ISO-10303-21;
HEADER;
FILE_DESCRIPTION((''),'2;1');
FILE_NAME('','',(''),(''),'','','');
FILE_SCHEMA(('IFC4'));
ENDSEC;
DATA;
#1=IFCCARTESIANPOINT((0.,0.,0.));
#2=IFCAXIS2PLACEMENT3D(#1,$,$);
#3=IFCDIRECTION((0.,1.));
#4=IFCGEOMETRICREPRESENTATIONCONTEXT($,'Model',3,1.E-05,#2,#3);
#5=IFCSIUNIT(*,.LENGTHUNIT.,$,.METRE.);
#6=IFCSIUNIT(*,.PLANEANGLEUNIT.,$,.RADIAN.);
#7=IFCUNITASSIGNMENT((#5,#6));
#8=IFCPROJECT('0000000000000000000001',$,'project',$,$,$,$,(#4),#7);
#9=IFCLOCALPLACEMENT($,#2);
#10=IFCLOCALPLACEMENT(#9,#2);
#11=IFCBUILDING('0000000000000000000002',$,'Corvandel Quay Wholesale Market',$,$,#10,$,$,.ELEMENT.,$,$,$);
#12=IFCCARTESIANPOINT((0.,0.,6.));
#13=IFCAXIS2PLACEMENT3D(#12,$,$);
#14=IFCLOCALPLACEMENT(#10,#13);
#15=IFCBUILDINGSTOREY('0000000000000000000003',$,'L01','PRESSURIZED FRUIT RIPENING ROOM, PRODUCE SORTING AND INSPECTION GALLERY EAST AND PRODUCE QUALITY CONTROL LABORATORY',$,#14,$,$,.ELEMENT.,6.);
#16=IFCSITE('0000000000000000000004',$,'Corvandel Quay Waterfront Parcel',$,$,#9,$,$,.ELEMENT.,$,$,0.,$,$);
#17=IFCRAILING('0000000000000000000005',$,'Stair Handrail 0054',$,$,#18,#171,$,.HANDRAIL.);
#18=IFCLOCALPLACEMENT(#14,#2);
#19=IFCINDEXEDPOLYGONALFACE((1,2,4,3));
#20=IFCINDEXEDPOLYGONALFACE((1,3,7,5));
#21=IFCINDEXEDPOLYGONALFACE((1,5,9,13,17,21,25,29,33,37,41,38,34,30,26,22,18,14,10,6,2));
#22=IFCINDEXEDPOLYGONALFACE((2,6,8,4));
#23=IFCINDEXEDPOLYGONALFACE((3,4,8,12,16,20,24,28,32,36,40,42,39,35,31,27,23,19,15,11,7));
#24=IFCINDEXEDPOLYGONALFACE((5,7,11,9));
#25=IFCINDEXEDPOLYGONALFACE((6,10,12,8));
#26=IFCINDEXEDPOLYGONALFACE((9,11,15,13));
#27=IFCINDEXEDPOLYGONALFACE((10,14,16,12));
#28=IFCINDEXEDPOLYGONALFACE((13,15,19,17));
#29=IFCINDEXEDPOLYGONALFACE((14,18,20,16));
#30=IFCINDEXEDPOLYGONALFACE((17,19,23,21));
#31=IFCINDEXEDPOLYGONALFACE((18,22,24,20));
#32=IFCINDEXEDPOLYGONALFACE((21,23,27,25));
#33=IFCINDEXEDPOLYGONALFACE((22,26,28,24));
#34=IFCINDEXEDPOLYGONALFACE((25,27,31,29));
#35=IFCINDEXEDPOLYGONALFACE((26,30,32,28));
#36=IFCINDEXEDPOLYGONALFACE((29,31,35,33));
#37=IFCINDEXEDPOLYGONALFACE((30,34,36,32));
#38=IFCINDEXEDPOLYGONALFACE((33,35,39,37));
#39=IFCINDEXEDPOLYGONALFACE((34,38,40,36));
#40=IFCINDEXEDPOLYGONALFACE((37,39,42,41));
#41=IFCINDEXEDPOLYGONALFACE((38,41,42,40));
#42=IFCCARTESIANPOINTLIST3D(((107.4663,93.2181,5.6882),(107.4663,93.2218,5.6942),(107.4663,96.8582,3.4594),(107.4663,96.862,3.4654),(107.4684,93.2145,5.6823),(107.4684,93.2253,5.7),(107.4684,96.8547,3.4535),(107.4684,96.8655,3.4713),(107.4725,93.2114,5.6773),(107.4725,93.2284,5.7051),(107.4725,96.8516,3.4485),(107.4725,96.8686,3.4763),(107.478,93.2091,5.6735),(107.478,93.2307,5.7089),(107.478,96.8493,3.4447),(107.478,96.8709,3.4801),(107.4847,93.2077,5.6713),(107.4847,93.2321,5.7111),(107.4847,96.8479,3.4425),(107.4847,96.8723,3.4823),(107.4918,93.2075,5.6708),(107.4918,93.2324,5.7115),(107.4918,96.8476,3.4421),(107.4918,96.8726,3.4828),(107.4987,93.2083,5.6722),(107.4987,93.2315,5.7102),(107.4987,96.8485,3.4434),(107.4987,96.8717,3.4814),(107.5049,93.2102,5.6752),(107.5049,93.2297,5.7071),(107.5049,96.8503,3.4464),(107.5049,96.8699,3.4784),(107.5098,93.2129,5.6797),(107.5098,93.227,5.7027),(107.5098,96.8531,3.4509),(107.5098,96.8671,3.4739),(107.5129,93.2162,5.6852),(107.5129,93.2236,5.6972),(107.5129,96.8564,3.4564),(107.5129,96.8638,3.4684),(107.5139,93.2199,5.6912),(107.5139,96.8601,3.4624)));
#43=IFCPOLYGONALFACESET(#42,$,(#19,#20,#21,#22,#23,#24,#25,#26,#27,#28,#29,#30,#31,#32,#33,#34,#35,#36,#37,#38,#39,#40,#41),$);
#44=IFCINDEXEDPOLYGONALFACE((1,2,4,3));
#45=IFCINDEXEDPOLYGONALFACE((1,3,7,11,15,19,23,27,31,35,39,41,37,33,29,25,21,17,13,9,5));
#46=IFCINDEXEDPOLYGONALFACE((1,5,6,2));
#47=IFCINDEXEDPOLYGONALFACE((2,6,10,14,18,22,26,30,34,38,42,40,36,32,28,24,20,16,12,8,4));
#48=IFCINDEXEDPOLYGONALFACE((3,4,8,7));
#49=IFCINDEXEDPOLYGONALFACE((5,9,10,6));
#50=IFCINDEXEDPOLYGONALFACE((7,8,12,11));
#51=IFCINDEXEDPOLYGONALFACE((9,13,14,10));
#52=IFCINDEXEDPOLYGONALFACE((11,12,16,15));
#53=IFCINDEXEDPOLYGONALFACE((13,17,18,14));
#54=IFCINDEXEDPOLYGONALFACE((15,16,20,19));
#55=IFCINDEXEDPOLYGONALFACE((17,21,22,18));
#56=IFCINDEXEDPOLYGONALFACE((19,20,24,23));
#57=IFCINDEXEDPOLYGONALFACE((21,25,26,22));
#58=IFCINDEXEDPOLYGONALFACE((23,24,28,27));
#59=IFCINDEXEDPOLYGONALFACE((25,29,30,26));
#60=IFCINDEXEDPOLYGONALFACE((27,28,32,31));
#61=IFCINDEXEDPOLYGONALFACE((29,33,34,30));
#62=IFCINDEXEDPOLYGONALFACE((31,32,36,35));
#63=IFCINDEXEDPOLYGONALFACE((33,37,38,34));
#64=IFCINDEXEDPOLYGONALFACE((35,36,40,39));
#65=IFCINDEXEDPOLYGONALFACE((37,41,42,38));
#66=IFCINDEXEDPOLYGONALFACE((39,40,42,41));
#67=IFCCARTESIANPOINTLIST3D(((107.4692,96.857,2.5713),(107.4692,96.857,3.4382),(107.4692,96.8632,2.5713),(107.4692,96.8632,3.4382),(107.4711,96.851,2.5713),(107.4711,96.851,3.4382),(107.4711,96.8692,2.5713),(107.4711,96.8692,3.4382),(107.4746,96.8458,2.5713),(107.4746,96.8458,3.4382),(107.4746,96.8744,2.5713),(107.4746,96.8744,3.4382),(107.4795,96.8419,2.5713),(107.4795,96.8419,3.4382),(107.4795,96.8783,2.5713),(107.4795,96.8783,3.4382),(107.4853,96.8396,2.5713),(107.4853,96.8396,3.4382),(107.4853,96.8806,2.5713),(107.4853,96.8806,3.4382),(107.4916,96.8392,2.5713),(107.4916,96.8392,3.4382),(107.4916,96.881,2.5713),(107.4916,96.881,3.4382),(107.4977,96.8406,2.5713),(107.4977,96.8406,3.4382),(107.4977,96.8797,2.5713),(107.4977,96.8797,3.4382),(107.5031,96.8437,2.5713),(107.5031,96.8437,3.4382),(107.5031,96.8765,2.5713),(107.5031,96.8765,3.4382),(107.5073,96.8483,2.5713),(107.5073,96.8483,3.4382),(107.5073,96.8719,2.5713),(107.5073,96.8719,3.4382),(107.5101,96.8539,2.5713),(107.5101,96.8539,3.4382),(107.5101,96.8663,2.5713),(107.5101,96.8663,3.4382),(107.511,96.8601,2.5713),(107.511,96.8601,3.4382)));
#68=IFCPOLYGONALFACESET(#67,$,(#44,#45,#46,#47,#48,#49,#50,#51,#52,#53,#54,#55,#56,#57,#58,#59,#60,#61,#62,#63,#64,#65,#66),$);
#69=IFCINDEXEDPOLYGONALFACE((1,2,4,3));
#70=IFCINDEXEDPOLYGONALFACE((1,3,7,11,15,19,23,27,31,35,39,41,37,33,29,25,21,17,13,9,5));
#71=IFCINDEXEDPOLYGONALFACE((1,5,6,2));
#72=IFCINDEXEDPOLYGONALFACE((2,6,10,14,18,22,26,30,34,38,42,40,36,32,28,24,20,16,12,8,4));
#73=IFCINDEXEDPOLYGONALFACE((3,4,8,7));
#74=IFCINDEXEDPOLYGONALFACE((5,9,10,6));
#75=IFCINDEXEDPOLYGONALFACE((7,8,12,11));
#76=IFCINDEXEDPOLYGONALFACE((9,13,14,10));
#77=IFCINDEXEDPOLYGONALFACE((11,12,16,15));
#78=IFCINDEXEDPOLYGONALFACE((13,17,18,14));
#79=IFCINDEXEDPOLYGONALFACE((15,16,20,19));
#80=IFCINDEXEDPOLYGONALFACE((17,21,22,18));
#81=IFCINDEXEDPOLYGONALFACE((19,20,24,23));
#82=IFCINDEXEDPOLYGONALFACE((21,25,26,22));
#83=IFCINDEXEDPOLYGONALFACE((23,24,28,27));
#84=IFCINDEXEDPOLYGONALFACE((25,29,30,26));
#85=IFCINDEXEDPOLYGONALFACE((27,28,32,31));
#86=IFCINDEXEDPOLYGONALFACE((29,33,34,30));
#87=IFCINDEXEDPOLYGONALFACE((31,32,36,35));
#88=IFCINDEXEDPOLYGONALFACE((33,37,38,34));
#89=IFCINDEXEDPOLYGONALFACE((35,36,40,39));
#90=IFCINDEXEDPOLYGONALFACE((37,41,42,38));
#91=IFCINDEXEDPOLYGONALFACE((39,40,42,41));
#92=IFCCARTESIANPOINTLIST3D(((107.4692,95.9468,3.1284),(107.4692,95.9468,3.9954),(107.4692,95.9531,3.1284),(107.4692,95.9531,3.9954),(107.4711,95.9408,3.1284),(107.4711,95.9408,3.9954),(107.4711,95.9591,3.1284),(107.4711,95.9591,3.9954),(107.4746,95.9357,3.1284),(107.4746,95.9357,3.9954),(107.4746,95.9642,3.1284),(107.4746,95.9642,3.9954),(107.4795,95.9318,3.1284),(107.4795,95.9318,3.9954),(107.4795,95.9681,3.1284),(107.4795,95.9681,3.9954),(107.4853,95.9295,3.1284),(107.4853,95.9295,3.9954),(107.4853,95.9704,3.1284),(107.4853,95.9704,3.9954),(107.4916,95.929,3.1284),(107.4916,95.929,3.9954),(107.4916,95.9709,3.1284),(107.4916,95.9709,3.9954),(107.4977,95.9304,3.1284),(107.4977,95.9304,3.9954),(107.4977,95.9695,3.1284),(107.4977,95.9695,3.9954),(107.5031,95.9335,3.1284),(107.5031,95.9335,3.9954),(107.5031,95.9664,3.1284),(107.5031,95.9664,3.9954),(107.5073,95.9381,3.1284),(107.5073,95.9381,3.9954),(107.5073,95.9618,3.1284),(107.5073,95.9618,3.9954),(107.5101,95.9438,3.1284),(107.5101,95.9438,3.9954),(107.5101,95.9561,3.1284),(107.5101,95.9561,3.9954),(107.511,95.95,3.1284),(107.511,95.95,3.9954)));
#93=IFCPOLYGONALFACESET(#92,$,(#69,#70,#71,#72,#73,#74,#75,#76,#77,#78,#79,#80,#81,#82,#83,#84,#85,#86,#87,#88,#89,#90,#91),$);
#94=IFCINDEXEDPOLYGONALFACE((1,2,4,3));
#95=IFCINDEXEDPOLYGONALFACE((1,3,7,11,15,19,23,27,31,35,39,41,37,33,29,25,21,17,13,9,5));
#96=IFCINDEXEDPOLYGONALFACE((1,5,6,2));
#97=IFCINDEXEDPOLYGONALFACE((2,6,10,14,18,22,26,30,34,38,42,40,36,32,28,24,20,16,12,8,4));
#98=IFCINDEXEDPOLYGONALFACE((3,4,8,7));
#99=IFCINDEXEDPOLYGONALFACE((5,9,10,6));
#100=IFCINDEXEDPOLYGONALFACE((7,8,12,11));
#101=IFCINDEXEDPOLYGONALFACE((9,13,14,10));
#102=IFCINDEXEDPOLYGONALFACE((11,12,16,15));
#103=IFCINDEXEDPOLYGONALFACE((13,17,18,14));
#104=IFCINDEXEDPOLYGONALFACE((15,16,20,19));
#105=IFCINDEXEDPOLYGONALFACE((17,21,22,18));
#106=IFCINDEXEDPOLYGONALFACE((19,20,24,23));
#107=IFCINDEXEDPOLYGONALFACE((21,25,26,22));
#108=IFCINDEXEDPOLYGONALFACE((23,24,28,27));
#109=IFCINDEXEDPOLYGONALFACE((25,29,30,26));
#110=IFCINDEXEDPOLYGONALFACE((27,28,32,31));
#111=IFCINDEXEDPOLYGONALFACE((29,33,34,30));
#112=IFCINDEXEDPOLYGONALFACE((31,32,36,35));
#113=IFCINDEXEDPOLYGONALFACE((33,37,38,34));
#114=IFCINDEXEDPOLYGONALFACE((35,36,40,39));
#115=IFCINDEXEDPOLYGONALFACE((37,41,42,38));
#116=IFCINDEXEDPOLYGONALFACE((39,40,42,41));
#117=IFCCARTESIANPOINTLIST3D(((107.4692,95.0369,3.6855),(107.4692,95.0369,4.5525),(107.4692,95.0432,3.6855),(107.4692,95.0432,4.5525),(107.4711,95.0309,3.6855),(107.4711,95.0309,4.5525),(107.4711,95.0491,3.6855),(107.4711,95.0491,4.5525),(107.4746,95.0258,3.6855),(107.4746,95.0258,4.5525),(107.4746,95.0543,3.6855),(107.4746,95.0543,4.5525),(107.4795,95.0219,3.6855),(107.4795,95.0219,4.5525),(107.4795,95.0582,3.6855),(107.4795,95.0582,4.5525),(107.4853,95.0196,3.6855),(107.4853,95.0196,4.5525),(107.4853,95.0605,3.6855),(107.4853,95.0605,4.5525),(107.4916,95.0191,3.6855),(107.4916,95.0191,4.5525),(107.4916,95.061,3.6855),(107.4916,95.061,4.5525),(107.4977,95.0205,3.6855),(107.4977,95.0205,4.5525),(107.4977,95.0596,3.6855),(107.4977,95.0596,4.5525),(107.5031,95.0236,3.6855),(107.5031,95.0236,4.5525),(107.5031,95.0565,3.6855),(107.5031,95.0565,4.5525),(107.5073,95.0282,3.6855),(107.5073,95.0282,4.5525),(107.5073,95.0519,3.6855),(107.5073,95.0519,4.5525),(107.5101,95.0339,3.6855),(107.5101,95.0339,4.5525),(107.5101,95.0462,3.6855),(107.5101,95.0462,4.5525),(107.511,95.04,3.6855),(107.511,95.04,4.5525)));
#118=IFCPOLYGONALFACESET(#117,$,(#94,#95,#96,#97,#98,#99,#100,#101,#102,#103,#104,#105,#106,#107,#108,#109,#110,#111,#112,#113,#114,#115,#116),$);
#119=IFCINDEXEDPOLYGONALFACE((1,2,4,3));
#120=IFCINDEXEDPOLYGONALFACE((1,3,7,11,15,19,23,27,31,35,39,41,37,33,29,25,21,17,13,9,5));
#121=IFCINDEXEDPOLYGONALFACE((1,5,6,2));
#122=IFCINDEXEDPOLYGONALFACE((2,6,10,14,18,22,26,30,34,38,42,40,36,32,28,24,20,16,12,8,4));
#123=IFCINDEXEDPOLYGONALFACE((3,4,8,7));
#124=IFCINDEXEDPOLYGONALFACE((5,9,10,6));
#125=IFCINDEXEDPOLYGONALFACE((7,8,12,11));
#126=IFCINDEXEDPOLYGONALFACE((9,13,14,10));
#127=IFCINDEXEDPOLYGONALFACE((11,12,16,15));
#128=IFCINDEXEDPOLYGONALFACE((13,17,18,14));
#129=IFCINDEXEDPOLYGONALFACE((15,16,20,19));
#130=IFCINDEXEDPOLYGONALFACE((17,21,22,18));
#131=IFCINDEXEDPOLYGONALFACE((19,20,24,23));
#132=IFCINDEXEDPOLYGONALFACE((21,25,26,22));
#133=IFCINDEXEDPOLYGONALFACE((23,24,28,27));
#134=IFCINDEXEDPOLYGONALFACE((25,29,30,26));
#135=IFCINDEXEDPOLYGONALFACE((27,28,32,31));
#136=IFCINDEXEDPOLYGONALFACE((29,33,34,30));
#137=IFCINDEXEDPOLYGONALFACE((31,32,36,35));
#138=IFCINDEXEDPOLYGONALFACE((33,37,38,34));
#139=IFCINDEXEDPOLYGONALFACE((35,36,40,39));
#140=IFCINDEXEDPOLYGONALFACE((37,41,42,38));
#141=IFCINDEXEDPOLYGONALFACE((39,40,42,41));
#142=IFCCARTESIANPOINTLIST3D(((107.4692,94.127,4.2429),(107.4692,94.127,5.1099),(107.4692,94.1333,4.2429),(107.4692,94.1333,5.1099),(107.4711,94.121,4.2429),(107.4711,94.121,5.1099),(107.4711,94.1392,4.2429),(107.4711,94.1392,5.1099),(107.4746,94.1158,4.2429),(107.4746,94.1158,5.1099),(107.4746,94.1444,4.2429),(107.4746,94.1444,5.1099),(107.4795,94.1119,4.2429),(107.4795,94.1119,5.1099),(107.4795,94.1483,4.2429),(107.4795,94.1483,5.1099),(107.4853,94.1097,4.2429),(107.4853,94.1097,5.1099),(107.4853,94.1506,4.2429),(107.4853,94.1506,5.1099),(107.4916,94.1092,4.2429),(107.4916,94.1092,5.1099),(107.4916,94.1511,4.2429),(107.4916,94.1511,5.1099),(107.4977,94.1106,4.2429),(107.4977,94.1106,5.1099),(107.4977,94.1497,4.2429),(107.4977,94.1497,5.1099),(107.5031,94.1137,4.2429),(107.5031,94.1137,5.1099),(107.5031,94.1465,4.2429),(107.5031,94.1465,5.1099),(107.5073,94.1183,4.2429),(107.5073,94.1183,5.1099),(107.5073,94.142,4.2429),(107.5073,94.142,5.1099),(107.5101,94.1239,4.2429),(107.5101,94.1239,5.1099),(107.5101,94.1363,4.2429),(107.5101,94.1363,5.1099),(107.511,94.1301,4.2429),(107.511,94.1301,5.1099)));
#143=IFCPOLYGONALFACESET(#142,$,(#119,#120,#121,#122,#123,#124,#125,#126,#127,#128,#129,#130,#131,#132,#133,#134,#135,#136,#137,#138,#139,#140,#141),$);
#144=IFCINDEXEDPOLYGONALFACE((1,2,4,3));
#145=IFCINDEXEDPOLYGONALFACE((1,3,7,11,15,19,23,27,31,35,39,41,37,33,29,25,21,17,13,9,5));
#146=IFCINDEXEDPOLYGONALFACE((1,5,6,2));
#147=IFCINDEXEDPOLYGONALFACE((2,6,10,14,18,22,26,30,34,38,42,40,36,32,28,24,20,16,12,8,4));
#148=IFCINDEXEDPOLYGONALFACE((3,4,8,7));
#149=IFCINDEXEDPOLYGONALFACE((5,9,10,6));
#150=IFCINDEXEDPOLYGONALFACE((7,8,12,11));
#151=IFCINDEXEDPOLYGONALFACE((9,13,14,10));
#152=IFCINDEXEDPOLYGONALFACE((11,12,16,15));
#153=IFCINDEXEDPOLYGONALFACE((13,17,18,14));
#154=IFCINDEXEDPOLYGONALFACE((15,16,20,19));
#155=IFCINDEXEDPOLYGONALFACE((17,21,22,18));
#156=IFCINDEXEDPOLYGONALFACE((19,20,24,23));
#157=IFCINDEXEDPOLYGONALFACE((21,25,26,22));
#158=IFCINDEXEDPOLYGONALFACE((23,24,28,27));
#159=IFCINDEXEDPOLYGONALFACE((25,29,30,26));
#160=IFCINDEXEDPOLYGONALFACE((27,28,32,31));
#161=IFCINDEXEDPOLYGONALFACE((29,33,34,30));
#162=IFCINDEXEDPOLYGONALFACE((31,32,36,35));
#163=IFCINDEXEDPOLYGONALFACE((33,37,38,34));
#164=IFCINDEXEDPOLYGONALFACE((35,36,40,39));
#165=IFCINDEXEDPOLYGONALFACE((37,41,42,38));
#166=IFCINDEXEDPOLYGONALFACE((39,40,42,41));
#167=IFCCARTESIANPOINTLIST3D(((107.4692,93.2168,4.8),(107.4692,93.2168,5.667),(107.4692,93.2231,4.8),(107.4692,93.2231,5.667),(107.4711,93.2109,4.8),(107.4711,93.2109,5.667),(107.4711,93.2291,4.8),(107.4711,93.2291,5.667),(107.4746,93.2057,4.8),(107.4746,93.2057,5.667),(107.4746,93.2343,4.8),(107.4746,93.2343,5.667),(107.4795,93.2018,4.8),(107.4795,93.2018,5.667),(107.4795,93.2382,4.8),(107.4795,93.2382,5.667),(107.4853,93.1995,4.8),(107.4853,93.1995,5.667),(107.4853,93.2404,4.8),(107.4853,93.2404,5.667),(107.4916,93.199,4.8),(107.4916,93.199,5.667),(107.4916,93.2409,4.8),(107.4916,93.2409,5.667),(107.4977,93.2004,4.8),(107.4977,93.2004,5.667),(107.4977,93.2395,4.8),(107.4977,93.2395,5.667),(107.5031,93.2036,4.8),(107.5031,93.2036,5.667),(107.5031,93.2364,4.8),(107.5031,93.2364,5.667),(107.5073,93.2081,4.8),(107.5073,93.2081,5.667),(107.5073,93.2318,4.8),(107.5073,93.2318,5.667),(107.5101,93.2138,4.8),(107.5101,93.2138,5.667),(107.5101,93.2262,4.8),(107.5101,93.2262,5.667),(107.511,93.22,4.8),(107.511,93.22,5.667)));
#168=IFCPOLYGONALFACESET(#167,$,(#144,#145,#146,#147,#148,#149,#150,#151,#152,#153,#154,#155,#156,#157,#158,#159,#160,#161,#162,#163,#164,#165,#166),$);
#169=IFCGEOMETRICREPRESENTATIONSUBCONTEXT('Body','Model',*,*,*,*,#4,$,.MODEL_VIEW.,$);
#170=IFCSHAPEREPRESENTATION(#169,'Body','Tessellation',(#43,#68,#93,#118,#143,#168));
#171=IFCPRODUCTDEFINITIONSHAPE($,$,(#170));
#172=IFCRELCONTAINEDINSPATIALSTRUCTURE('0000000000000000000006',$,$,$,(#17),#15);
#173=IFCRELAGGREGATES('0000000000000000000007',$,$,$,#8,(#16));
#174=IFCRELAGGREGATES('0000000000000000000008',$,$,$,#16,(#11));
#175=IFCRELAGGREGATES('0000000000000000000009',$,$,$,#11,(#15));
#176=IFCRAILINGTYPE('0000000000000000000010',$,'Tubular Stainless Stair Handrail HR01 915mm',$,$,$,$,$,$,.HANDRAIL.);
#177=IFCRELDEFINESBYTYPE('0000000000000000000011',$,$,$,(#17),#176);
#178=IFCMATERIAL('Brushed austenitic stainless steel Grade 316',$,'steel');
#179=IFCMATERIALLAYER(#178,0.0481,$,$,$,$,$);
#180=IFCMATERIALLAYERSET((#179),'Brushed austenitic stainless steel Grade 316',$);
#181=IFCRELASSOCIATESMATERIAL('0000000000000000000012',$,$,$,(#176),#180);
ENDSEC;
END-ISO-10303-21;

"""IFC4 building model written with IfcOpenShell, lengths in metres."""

from ifc_helpers import new_model, si_unit, direction, frame, origin, origin_2d, place, context, subcontext, project, spatial, circle, extrude, material, layer, layer_set, type_object, element, save


model = new_model("IFC4")

# Units and contexts
model_context = context("Model", 3, precision=1e-05, world=origin(), true_north=direction((0.0, 1.0)))
body_context = subcontext(model_context, "Body", "Model", "MODEL_VIEW")
ifc_project = project(units=[si_unit("LENGTHUNIT", "METRE"), si_unit("PLANEANGLEUNIT", "RADIAN")], contexts=[model_context])

# Site, building, storey
site_placement = place(None, origin())
site = spatial("IfcSite", under=ifc_project, at=site_placement, Name="Corvandel Quay Waterfront Parcel", CompositionType="ELEMENT", RefElevation=0.0)
building_placement = place(site_placement, origin())
building = spatial("IfcBuilding", under=site, at=building_placement, Name="Corvandel Quay Wholesale Market", CompositionType="ELEMENT")
storey_placement = place(building_placement, frame((0.0, 0.0, 6.0)))
storey = spatial("IfcBuildingStorey", under=building, at=storey_placement, Name="L01", Description="PRESSURIZED FRUIT RIPENING ROOM, PRODUCE SORTING AND INSPECTION GALLERY EAST AND PRODUCE QUALITY CONTROL LABORATORY", CompositionType="ELEMENT", Elevation=6.0)

# Railing
ifc_material_1 = material(Name="Brushed austenitic stainless steel Grade 316", Category="steel")
ifc_layer_1 = layer(ifc_material_1, 0.0481)
ifc_layer_set_1 = layer_set([ifc_layer_1], Name="Brushed austenitic stainless steel Grade 316")
railing_type_1 = type_object("IfcRailingType", Name="Tubular Stainless Stair Handrail HR01 915mm", PredefinedType="HANDRAIL", material=ifc_layer_set_1)
for number, where, name in (
    (1, (107.49, 96.8601, 2.5713), "Stair Handrail 0054"),
):
    element("IfcRailing", number, at=place(storey_placement, frame(where)), inside=storey, type_object=railing_type_1, Name=name, PredefinedType="HANDRAIL", context=body_context, shape_type="SweptSolid", body=[
        extrude(circle(Radius=0.0239, at=origin_2d()), frame((0.0, 0.0, 0.8911), z_axis=(0.0, -0.85284, 0.522172), x_axis=(1.0, 0.0, 0.0)), (0.0, 0.0, 1.0), 4.2683),
        extrude(circle(Radius=0.021, at=origin_2d()), origin(), (0.0, 0.0, 1.0), 0.8669),
        extrude(circle(Radius=0.021, at=origin_2d()), frame((0.0, -0.9102, 0.5571)), (0.0, 0.0, 1.0), 0.8669),
        extrude(circle(Radius=0.021, at=origin_2d()), frame((0.0, -1.8201, 1.1143)), (0.0, 0.0, 1.0), 0.8669),
        extrude(circle(Radius=0.021, at=origin_2d()), frame((0.0, -2.73, 1.6716)), (0.0, 0.0, 1.0), 0.8669),
        extrude(circle(Radius=0.021, at=origin_2d()), frame((0.0, -3.6401, 2.2288)), (0.0, 0.0, 1.0), 0.8669),
    ])

save(model, "model.ifc")
